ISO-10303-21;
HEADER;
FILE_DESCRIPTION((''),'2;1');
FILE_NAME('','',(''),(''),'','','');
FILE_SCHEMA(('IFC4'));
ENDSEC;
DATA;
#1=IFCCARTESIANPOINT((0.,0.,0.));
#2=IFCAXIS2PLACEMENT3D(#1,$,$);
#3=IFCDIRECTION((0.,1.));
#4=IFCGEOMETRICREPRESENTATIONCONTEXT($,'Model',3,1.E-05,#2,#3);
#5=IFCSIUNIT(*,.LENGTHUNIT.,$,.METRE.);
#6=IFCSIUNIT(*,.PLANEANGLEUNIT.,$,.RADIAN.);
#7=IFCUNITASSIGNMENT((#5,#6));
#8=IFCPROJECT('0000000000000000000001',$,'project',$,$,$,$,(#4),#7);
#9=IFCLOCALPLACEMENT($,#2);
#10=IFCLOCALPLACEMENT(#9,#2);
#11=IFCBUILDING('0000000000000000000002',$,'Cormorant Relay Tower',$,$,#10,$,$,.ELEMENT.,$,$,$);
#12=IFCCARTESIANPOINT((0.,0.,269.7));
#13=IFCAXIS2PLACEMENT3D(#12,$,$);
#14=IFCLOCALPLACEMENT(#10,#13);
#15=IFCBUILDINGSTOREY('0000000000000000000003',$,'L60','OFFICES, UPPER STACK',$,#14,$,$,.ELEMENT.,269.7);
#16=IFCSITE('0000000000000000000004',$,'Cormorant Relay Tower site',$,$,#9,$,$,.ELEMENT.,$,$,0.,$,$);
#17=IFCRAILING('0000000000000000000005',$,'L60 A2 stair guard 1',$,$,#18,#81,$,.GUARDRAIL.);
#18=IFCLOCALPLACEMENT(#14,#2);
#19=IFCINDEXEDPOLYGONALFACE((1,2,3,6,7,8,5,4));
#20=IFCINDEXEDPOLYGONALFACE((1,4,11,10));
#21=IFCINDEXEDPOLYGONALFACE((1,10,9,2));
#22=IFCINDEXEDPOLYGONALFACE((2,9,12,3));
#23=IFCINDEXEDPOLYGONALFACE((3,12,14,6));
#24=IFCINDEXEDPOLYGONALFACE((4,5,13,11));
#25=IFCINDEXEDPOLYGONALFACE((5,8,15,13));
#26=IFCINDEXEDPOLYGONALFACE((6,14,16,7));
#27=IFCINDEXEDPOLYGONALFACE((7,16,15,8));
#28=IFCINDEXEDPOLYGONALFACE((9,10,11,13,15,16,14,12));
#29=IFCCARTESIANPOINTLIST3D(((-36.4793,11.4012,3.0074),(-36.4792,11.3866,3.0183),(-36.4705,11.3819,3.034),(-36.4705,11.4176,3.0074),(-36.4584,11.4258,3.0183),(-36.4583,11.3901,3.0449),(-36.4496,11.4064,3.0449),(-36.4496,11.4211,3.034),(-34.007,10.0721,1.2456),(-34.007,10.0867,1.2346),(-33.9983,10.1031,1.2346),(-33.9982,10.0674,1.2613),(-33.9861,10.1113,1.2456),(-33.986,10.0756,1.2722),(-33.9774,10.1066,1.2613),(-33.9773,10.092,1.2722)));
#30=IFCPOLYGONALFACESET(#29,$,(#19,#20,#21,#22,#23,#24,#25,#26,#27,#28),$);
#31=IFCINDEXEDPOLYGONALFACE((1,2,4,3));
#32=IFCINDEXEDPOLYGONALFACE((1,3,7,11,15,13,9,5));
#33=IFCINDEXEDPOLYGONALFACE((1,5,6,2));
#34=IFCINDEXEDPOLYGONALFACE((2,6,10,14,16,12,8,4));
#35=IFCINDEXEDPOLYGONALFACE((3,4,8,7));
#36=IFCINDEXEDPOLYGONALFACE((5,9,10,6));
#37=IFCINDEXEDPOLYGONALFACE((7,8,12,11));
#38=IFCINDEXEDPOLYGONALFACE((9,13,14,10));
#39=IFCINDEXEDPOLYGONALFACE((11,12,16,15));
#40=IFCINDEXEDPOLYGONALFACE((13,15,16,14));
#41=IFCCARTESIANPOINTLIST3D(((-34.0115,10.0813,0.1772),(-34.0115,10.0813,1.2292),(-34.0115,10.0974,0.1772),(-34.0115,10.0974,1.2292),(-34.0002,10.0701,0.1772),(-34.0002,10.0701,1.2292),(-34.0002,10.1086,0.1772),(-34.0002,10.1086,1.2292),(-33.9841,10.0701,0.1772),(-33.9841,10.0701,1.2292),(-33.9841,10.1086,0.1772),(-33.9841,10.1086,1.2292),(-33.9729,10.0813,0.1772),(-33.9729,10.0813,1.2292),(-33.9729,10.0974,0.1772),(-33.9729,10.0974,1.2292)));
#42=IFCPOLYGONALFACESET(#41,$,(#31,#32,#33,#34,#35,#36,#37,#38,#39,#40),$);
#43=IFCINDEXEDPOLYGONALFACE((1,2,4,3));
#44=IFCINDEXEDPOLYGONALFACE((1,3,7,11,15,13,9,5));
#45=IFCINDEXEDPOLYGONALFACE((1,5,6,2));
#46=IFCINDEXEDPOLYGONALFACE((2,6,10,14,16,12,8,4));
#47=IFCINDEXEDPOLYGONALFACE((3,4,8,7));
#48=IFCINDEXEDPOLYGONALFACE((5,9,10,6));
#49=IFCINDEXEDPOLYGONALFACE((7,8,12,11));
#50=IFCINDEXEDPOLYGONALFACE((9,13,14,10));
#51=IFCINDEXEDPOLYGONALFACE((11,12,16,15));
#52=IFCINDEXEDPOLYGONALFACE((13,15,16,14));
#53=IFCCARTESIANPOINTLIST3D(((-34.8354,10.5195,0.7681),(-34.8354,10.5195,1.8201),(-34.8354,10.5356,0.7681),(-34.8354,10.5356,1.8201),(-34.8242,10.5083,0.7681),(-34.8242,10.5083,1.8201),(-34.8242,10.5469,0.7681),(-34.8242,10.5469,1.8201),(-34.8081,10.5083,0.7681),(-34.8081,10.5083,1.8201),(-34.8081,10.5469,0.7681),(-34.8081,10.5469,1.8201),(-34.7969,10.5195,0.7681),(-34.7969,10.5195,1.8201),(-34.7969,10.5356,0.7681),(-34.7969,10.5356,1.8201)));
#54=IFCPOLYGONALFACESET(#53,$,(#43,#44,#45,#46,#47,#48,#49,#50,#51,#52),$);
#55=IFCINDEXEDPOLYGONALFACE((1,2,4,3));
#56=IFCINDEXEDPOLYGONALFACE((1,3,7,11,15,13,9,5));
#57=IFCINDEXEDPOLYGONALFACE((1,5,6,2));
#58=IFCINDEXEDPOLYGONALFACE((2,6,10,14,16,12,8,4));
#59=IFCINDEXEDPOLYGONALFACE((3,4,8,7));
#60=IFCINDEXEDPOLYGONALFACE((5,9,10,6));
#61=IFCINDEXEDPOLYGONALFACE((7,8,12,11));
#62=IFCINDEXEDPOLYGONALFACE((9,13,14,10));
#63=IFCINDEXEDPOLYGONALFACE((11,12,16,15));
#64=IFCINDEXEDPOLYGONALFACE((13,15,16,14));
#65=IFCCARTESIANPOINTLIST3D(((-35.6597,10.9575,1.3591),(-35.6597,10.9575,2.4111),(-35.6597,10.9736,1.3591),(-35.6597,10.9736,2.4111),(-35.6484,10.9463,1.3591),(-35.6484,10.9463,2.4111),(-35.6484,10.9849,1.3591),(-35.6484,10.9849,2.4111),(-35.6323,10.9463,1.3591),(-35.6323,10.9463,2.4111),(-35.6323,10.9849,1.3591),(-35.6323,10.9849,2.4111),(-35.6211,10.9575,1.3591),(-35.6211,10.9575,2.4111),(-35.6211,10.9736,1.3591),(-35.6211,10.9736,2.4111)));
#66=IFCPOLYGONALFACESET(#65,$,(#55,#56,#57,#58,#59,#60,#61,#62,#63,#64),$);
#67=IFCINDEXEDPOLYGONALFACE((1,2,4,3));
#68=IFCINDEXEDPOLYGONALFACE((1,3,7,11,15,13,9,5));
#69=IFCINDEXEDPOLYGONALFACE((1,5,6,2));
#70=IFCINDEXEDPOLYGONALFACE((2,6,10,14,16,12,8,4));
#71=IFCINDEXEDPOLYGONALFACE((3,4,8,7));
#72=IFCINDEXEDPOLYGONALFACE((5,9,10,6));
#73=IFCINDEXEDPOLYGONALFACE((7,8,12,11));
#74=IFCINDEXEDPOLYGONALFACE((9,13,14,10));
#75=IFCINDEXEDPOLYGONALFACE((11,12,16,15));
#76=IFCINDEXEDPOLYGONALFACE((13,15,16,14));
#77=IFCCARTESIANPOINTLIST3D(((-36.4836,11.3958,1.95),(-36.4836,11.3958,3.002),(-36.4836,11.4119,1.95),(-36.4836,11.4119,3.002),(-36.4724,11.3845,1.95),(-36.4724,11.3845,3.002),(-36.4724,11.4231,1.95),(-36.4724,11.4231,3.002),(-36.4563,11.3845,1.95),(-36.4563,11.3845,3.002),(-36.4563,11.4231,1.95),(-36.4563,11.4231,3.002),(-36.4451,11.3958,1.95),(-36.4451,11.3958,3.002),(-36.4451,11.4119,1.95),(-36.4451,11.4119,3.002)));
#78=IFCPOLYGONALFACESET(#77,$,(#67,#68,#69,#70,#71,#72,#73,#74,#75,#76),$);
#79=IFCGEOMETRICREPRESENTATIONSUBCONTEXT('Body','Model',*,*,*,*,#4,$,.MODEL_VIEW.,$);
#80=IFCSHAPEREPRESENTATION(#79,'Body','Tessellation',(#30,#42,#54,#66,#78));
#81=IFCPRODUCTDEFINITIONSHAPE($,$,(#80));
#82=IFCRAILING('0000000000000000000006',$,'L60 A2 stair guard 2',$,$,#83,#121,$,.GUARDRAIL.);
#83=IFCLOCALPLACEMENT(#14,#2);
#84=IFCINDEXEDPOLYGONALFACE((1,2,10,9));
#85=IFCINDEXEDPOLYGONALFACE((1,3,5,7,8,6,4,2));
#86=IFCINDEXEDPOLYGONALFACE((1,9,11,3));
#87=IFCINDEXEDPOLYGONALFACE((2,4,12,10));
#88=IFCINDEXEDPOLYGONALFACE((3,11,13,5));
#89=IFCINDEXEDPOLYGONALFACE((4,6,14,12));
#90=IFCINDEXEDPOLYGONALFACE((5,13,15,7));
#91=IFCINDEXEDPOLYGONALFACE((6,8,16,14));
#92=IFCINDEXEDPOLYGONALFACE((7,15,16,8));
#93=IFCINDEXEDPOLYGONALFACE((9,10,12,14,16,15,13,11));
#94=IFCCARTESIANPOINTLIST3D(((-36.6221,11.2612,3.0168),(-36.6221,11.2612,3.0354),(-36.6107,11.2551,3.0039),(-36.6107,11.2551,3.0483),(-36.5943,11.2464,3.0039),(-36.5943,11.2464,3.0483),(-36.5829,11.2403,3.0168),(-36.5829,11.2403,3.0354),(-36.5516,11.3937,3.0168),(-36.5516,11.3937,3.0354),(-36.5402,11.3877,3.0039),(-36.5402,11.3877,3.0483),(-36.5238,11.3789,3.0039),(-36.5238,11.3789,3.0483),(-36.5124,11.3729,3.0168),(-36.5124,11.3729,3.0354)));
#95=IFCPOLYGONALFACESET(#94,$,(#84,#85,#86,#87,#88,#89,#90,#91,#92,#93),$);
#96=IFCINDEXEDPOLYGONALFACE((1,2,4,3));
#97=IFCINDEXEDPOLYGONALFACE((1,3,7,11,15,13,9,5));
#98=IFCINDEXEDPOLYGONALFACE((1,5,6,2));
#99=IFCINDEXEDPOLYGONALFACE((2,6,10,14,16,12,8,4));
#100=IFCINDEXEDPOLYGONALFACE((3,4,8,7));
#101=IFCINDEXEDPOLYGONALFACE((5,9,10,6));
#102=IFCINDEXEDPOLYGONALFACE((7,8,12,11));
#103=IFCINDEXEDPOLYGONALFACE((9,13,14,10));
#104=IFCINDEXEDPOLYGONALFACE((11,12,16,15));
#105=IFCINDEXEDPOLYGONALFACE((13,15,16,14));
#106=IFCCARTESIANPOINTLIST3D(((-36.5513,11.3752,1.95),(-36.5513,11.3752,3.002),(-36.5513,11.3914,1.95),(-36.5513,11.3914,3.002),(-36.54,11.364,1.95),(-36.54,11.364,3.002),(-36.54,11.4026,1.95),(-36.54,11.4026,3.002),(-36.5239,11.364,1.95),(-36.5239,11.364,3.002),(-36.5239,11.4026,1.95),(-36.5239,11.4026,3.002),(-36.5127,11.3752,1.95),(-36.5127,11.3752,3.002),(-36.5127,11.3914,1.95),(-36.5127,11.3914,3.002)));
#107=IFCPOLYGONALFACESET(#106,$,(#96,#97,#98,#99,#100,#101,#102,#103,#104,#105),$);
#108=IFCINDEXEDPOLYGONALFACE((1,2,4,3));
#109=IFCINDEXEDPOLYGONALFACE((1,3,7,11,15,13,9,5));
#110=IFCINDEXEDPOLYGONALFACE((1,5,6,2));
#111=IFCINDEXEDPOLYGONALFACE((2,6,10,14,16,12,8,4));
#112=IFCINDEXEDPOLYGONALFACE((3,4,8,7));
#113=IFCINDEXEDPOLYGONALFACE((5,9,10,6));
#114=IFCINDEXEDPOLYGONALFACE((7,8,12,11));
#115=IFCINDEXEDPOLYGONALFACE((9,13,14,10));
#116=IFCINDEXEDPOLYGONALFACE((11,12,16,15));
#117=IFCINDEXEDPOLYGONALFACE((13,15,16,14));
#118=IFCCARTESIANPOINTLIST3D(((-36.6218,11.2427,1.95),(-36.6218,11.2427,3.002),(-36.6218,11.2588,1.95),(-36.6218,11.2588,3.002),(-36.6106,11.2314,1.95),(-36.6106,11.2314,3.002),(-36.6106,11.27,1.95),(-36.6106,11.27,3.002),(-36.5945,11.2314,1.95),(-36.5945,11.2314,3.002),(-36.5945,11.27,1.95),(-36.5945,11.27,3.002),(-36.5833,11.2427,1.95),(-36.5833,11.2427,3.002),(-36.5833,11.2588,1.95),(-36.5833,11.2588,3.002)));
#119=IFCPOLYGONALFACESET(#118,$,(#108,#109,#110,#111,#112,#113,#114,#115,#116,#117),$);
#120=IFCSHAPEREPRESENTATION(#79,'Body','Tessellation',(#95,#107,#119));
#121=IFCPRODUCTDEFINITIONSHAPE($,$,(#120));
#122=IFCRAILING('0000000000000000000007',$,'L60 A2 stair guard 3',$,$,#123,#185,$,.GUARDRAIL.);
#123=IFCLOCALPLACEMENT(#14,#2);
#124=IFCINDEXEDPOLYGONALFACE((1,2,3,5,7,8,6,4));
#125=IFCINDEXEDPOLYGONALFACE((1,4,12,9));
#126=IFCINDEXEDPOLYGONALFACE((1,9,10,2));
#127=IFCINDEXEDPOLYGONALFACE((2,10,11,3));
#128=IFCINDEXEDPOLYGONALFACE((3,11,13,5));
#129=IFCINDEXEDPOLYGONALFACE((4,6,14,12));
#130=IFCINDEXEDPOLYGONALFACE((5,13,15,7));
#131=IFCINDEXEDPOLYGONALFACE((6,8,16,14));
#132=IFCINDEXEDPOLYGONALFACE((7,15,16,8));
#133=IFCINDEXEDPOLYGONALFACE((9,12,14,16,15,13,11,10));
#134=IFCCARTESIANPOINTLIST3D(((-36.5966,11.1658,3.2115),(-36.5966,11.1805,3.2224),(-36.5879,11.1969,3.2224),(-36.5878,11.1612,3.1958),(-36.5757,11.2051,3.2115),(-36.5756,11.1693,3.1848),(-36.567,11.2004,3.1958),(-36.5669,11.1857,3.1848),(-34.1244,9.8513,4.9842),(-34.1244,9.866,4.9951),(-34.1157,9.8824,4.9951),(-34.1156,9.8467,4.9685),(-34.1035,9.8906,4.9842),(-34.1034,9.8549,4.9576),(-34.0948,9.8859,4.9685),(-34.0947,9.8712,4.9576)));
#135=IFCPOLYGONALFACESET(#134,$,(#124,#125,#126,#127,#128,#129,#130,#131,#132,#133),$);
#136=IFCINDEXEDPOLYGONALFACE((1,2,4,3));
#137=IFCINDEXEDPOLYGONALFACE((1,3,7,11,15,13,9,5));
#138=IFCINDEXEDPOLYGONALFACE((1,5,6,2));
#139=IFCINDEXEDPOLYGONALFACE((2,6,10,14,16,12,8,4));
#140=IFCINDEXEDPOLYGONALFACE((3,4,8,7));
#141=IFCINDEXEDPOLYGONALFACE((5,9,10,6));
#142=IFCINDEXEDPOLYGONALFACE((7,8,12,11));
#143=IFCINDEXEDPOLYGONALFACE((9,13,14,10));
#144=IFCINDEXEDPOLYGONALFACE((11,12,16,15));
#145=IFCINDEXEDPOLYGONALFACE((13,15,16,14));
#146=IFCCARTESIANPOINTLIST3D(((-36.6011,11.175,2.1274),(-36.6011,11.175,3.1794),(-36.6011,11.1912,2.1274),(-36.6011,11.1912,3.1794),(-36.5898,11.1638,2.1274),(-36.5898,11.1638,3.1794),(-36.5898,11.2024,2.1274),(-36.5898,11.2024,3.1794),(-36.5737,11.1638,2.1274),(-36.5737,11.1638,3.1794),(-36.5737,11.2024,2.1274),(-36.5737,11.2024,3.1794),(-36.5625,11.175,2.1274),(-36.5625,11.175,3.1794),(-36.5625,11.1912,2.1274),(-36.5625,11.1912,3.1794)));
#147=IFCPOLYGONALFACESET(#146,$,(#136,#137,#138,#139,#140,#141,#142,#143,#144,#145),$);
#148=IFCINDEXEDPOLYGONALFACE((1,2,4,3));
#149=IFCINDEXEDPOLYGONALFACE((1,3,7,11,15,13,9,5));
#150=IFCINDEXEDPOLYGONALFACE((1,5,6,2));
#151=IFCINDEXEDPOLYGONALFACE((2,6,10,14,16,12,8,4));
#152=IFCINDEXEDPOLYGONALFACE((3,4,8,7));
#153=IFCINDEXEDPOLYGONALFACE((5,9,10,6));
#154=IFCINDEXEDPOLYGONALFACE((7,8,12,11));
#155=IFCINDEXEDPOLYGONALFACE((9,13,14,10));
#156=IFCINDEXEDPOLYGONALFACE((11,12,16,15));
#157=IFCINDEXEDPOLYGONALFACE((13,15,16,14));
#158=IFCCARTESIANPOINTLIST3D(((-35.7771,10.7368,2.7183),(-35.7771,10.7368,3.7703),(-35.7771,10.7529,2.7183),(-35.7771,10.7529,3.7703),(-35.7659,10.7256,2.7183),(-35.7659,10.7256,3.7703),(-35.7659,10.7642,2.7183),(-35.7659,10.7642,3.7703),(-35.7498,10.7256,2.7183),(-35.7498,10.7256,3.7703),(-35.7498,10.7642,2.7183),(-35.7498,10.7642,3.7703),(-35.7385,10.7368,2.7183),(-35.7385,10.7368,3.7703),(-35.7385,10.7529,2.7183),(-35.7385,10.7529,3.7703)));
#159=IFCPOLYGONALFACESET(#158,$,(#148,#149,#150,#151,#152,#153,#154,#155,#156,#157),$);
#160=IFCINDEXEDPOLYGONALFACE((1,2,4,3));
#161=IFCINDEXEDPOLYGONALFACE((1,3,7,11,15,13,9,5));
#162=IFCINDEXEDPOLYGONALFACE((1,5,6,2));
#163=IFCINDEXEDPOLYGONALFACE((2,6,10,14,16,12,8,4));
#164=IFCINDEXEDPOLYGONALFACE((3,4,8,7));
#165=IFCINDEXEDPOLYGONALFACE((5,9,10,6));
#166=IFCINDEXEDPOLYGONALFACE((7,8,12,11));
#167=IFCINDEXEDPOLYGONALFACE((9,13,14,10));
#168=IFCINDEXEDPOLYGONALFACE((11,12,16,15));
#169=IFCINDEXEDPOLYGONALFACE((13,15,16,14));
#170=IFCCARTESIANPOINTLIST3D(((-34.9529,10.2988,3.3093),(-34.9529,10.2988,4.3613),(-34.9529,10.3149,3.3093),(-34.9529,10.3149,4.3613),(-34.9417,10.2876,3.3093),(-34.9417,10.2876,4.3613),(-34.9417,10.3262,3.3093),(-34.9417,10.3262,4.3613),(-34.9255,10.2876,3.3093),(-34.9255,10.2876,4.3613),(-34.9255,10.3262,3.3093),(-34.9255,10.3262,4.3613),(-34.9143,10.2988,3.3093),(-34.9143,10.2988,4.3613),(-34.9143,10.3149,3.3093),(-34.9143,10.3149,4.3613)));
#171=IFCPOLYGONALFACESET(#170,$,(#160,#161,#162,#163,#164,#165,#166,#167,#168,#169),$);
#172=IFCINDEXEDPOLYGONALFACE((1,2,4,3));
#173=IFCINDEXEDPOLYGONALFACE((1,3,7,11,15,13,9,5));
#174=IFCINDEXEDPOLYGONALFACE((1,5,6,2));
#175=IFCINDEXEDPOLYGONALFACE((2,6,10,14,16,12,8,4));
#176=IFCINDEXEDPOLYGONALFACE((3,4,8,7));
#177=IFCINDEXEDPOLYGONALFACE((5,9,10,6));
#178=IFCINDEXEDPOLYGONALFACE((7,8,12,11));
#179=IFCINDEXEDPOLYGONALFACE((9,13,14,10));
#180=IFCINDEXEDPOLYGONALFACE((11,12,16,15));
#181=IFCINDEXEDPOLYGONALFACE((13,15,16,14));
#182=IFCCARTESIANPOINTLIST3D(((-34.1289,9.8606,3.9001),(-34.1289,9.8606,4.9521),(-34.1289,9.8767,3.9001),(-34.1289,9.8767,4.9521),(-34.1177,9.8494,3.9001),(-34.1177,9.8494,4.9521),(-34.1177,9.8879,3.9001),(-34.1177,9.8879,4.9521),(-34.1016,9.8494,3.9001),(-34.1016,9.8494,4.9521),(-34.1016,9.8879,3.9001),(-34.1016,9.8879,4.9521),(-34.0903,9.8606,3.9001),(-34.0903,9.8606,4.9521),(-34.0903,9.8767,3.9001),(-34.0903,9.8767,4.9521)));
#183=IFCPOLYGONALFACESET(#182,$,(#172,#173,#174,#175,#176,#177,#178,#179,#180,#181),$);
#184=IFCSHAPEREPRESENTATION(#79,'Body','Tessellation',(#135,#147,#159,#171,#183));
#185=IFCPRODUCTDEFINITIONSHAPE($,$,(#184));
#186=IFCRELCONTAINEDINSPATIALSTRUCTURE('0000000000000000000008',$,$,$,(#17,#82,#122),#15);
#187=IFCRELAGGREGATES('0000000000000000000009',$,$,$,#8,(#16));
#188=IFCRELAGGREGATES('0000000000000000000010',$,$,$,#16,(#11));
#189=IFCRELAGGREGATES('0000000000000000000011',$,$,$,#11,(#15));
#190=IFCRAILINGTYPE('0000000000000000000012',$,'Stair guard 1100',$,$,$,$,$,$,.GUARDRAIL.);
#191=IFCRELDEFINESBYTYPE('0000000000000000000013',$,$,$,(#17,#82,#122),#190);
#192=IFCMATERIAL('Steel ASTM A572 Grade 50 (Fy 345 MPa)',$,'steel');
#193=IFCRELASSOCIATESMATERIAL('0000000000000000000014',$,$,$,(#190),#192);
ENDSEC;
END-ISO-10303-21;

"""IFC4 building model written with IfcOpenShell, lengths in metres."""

from ifc_helpers import new_model, si_unit, direction, frame, origin, place, context, subcontext, project, spatial, polyline, outline, extrude, material, type_object, element, save


model = new_model("IFC4")

# Units and contexts
model_context = context("Model", 3, precision=1e-05, world=origin(), true_north=direction((0.0, 1.0)))
body_context = subcontext(model_context, "Body", "Model", "MODEL_VIEW")
ifc_project = project(units=[si_unit("LENGTHUNIT", "METRE"), si_unit("PLANEANGLEUNIT", "RADIAN")], contexts=[model_context])

# Site, building, storey
site_placement = place(None, origin())
site = spatial("IfcSite", under=ifc_project, at=site_placement, Name="Cormorant Relay Tower site", CompositionType="ELEMENT", RefElevation=0.0)
building_placement = place(site_placement, origin())
building = spatial("IfcBuilding", under=site, at=building_placement, Name="Cormorant Relay Tower", CompositionType="ELEMENT")
storey_placement = place(building_placement, frame((0.0, 0.0, 269.7)))
storey = spatial("IfcBuildingStorey", under=building, at=storey_placement, Name="L60", Description="OFFICES, UPPER STACK", CompositionType="ELEMENT", Elevation=269.7)

# Railings
ifc_material_1 = material(Name="Steel ASTM A572 Grade 50 (Fy 345 MPa)", Category="steel")
railing_type_1 = type_object("IfcRailingType", Name="Stair guard 1100", PredefinedType="GUARDRAIL", material=ifc_material_1)
railing_1_placement = place(storey_placement, frame((-33.9922, 10.0894, 0.1772)))
element("IfcRailing", 1, at=railing_1_placement, inside=storey, type_object=railing_type_1, Name="L60 A2 stair guard 1", PredefinedType="GUARDRAIL", context=body_context, shape_type="SweptSolid", body=[
    extrude(outline(polyline([(0.0222, 0.0093), (0.0093, 0.0222), (-0.0093, 0.0222), (-0.0222, 0.0093), (-0.0222, -0.0093), (-0.0093, -0.0222), (0.0093, -0.0222), (0.0222, -0.0093), (0.0222, 0.0093)])), frame((0.0, 0.0, 1.0762), z_axis=(-0.746001, 0.396649, 0.534931), x_axis=(-0.469465, -0.882951, 0.0)), (0.0, 0.0, 1.0), 3.314),
    extrude(outline(polyline([(0.0193, 0.0081), (0.0081, 0.0193), (-0.0081, 0.0193), (-0.0193, 0.0081), (-0.0193, -0.0081), (-0.0081, -0.0193), (0.0081, -0.0193), (0.0193, -0.0081), (0.0193, 0.0081)])), origin(), (0.0, 0.0, 1.0), 1.052),
    extrude(outline(polyline([(0.0193, 0.0081), (0.0081, 0.0193), (-0.0081, 0.0193), (-0.0193, 0.0081), (-0.0193, -0.0081), (-0.0081, -0.0193), (0.0081, -0.0193), (0.0193, -0.0081), (0.0193, 0.0081)])), frame((-0.824, 0.4382, 0.5908)), (0.0, 0.0, 1.0), 1.052),
    extrude(outline(polyline([(0.0193, 0.0081), (0.0081, 0.0193), (-0.0081, 0.0193), (-0.0193, 0.0081), (-0.0193, -0.0081), (-0.0081, -0.0193), (0.0081, -0.0193), (0.0193, -0.0081), (0.0193, 0.0081)])), frame((-1.6482, 0.8762, 1.1819)), (0.0, 0.0, 1.0), 1.052),
    extrude(outline(polyline([(0.0193, 0.0081), (0.0081, 0.0193), (-0.0081, 0.0193), (-0.0193, 0.0081), (-0.0193, -0.0081), (-0.0081, -0.0193), (0.0081, -0.0193), (0.0193, -0.0081), (0.0193, 0.0081)])), frame((-2.4722, 1.3145, 1.7727)), (0.0, 0.0, 1.0), 1.052),
])
railing_2_placement = place(storey_placement, frame((-36.532, 11.3833, 1.95)))
element("IfcRailing", 2, at=railing_2_placement, inside=storey, type_object=railing_type_1, Name="L60 A2 stair guard 2", PredefinedType="GUARDRAIL", context=body_context, shape_type="SweptSolid", body=[
    extrude(outline(polyline([(0.0222, 0.0093), (0.0093, 0.0222), (-0.0093, 0.0222), (-0.0222, 0.0093), (-0.0222, -0.0093), (-0.0093, -0.0222), (0.0093, -0.0222), (0.0222, -0.0093), (0.0222, 0.0093)])), frame((0.0, 0.0, 1.0762), z_axis=(-0.469829, -0.882758, 0.0), x_axis=(0.882758, -0.469829, 0.0)), (0.0, 0.0, 1.0), 0.1501),
    extrude(outline(polyline([(0.0193, 0.0081), (0.0081, 0.0193), (-0.0081, 0.0193), (-0.0193, 0.0081), (-0.0193, -0.0081), (-0.0081, -0.0193), (0.0081, -0.0193), (0.0193, -0.0081), (0.0193, 0.0081)])), origin(), (0.0, 0.0, 1.0), 1.052),
    extrude(outline(polyline([(0.0193, 0.0081), (0.0081, 0.0193), (-0.0081, 0.0193), (-0.0193, 0.0081), (-0.0193, -0.0081), (-0.0081, -0.0193), (0.0081, -0.0193), (0.0193, -0.0081), (0.0193, 0.0081)])), frame((-0.0706, -0.1326, 0.0)), (0.0, 0.0, 1.0), 1.052),
])
railing_3_placement = place(storey_placement, frame((-36.5818, 11.1831, 2.1274)))
element("IfcRailing", 3, at=railing_3_placement, inside=storey, type_object=railing_type_1, Name="L60 A2 stair guard 3", PredefinedType="GUARDRAIL", context=body_context, shape_type="SweptSolid", body=[
    extrude(outline(polyline([(0.0222, 0.0093), (0.0093, 0.0222), (-0.0093, 0.0222), (-0.0222, 0.0093), (-0.0222, -0.0093), (-0.0093, -0.0222), (0.0093, -0.0222), (0.0222, -0.0093), (0.0222, 0.0093)])), frame((0.0, 0.0, 1.0762), z_axis=(0.746001, -0.396649, 0.534931), x_axis=(0.469465, 0.882951, 0.0)), (0.0, 0.0, 1.0), 3.314),
    extrude(outline(polyline([(0.0193, 0.0081), (0.0081, 0.0193), (-0.0081, 0.0193), (-0.0193, 0.0081), (-0.0193, -0.0081), (-0.0081, -0.0193), (0.0081, -0.0193), (0.0193, -0.0081), (0.0193, 0.0081)])), origin(), (0.0, 0.0, 1.0), 1.052),
    extrude(outline(polyline([(0.0193, 0.0081), (0.0081, 0.0193), (-0.0081, 0.0193), (-0.0193, 0.0081), (-0.0193, -0.0081), (-0.0081, -0.0193), (0.0081, -0.0193), (0.0193, -0.0081), (0.0193, 0.0081)])), frame((0.824, -0.4382, 0.5908)), (0.0, 0.0, 1.0), 1.052),
    extrude(outline(polyline([(0.0193, 0.0081), (0.0081, 0.0193), (-0.0081, 0.0193), (-0.0193, 0.0081), (-0.0193, -0.0081), (-0.0081, -0.0193), (0.0081, -0.0193), (0.0193, -0.0081), (0.0193, 0.0081)])), frame((1.6482, -0.8762, 1.1819)), (0.0, 0.0, 1.0), 1.052),
    extrude(outline(polyline([(0.0193, 0.0081), (0.0081, 0.0193), (-0.0081, 0.0193), (-0.0193, 0.0081), (-0.0193, -0.0081), (-0.0081, -0.0193), (0.0081, -0.0193), (0.0193, -0.0081), (0.0193, 0.0081)])), frame((2.4722, -1.3145, 1.7727)), (0.0, 0.0, 1.0), 1.052),
])

save(model, "model.ifc")
